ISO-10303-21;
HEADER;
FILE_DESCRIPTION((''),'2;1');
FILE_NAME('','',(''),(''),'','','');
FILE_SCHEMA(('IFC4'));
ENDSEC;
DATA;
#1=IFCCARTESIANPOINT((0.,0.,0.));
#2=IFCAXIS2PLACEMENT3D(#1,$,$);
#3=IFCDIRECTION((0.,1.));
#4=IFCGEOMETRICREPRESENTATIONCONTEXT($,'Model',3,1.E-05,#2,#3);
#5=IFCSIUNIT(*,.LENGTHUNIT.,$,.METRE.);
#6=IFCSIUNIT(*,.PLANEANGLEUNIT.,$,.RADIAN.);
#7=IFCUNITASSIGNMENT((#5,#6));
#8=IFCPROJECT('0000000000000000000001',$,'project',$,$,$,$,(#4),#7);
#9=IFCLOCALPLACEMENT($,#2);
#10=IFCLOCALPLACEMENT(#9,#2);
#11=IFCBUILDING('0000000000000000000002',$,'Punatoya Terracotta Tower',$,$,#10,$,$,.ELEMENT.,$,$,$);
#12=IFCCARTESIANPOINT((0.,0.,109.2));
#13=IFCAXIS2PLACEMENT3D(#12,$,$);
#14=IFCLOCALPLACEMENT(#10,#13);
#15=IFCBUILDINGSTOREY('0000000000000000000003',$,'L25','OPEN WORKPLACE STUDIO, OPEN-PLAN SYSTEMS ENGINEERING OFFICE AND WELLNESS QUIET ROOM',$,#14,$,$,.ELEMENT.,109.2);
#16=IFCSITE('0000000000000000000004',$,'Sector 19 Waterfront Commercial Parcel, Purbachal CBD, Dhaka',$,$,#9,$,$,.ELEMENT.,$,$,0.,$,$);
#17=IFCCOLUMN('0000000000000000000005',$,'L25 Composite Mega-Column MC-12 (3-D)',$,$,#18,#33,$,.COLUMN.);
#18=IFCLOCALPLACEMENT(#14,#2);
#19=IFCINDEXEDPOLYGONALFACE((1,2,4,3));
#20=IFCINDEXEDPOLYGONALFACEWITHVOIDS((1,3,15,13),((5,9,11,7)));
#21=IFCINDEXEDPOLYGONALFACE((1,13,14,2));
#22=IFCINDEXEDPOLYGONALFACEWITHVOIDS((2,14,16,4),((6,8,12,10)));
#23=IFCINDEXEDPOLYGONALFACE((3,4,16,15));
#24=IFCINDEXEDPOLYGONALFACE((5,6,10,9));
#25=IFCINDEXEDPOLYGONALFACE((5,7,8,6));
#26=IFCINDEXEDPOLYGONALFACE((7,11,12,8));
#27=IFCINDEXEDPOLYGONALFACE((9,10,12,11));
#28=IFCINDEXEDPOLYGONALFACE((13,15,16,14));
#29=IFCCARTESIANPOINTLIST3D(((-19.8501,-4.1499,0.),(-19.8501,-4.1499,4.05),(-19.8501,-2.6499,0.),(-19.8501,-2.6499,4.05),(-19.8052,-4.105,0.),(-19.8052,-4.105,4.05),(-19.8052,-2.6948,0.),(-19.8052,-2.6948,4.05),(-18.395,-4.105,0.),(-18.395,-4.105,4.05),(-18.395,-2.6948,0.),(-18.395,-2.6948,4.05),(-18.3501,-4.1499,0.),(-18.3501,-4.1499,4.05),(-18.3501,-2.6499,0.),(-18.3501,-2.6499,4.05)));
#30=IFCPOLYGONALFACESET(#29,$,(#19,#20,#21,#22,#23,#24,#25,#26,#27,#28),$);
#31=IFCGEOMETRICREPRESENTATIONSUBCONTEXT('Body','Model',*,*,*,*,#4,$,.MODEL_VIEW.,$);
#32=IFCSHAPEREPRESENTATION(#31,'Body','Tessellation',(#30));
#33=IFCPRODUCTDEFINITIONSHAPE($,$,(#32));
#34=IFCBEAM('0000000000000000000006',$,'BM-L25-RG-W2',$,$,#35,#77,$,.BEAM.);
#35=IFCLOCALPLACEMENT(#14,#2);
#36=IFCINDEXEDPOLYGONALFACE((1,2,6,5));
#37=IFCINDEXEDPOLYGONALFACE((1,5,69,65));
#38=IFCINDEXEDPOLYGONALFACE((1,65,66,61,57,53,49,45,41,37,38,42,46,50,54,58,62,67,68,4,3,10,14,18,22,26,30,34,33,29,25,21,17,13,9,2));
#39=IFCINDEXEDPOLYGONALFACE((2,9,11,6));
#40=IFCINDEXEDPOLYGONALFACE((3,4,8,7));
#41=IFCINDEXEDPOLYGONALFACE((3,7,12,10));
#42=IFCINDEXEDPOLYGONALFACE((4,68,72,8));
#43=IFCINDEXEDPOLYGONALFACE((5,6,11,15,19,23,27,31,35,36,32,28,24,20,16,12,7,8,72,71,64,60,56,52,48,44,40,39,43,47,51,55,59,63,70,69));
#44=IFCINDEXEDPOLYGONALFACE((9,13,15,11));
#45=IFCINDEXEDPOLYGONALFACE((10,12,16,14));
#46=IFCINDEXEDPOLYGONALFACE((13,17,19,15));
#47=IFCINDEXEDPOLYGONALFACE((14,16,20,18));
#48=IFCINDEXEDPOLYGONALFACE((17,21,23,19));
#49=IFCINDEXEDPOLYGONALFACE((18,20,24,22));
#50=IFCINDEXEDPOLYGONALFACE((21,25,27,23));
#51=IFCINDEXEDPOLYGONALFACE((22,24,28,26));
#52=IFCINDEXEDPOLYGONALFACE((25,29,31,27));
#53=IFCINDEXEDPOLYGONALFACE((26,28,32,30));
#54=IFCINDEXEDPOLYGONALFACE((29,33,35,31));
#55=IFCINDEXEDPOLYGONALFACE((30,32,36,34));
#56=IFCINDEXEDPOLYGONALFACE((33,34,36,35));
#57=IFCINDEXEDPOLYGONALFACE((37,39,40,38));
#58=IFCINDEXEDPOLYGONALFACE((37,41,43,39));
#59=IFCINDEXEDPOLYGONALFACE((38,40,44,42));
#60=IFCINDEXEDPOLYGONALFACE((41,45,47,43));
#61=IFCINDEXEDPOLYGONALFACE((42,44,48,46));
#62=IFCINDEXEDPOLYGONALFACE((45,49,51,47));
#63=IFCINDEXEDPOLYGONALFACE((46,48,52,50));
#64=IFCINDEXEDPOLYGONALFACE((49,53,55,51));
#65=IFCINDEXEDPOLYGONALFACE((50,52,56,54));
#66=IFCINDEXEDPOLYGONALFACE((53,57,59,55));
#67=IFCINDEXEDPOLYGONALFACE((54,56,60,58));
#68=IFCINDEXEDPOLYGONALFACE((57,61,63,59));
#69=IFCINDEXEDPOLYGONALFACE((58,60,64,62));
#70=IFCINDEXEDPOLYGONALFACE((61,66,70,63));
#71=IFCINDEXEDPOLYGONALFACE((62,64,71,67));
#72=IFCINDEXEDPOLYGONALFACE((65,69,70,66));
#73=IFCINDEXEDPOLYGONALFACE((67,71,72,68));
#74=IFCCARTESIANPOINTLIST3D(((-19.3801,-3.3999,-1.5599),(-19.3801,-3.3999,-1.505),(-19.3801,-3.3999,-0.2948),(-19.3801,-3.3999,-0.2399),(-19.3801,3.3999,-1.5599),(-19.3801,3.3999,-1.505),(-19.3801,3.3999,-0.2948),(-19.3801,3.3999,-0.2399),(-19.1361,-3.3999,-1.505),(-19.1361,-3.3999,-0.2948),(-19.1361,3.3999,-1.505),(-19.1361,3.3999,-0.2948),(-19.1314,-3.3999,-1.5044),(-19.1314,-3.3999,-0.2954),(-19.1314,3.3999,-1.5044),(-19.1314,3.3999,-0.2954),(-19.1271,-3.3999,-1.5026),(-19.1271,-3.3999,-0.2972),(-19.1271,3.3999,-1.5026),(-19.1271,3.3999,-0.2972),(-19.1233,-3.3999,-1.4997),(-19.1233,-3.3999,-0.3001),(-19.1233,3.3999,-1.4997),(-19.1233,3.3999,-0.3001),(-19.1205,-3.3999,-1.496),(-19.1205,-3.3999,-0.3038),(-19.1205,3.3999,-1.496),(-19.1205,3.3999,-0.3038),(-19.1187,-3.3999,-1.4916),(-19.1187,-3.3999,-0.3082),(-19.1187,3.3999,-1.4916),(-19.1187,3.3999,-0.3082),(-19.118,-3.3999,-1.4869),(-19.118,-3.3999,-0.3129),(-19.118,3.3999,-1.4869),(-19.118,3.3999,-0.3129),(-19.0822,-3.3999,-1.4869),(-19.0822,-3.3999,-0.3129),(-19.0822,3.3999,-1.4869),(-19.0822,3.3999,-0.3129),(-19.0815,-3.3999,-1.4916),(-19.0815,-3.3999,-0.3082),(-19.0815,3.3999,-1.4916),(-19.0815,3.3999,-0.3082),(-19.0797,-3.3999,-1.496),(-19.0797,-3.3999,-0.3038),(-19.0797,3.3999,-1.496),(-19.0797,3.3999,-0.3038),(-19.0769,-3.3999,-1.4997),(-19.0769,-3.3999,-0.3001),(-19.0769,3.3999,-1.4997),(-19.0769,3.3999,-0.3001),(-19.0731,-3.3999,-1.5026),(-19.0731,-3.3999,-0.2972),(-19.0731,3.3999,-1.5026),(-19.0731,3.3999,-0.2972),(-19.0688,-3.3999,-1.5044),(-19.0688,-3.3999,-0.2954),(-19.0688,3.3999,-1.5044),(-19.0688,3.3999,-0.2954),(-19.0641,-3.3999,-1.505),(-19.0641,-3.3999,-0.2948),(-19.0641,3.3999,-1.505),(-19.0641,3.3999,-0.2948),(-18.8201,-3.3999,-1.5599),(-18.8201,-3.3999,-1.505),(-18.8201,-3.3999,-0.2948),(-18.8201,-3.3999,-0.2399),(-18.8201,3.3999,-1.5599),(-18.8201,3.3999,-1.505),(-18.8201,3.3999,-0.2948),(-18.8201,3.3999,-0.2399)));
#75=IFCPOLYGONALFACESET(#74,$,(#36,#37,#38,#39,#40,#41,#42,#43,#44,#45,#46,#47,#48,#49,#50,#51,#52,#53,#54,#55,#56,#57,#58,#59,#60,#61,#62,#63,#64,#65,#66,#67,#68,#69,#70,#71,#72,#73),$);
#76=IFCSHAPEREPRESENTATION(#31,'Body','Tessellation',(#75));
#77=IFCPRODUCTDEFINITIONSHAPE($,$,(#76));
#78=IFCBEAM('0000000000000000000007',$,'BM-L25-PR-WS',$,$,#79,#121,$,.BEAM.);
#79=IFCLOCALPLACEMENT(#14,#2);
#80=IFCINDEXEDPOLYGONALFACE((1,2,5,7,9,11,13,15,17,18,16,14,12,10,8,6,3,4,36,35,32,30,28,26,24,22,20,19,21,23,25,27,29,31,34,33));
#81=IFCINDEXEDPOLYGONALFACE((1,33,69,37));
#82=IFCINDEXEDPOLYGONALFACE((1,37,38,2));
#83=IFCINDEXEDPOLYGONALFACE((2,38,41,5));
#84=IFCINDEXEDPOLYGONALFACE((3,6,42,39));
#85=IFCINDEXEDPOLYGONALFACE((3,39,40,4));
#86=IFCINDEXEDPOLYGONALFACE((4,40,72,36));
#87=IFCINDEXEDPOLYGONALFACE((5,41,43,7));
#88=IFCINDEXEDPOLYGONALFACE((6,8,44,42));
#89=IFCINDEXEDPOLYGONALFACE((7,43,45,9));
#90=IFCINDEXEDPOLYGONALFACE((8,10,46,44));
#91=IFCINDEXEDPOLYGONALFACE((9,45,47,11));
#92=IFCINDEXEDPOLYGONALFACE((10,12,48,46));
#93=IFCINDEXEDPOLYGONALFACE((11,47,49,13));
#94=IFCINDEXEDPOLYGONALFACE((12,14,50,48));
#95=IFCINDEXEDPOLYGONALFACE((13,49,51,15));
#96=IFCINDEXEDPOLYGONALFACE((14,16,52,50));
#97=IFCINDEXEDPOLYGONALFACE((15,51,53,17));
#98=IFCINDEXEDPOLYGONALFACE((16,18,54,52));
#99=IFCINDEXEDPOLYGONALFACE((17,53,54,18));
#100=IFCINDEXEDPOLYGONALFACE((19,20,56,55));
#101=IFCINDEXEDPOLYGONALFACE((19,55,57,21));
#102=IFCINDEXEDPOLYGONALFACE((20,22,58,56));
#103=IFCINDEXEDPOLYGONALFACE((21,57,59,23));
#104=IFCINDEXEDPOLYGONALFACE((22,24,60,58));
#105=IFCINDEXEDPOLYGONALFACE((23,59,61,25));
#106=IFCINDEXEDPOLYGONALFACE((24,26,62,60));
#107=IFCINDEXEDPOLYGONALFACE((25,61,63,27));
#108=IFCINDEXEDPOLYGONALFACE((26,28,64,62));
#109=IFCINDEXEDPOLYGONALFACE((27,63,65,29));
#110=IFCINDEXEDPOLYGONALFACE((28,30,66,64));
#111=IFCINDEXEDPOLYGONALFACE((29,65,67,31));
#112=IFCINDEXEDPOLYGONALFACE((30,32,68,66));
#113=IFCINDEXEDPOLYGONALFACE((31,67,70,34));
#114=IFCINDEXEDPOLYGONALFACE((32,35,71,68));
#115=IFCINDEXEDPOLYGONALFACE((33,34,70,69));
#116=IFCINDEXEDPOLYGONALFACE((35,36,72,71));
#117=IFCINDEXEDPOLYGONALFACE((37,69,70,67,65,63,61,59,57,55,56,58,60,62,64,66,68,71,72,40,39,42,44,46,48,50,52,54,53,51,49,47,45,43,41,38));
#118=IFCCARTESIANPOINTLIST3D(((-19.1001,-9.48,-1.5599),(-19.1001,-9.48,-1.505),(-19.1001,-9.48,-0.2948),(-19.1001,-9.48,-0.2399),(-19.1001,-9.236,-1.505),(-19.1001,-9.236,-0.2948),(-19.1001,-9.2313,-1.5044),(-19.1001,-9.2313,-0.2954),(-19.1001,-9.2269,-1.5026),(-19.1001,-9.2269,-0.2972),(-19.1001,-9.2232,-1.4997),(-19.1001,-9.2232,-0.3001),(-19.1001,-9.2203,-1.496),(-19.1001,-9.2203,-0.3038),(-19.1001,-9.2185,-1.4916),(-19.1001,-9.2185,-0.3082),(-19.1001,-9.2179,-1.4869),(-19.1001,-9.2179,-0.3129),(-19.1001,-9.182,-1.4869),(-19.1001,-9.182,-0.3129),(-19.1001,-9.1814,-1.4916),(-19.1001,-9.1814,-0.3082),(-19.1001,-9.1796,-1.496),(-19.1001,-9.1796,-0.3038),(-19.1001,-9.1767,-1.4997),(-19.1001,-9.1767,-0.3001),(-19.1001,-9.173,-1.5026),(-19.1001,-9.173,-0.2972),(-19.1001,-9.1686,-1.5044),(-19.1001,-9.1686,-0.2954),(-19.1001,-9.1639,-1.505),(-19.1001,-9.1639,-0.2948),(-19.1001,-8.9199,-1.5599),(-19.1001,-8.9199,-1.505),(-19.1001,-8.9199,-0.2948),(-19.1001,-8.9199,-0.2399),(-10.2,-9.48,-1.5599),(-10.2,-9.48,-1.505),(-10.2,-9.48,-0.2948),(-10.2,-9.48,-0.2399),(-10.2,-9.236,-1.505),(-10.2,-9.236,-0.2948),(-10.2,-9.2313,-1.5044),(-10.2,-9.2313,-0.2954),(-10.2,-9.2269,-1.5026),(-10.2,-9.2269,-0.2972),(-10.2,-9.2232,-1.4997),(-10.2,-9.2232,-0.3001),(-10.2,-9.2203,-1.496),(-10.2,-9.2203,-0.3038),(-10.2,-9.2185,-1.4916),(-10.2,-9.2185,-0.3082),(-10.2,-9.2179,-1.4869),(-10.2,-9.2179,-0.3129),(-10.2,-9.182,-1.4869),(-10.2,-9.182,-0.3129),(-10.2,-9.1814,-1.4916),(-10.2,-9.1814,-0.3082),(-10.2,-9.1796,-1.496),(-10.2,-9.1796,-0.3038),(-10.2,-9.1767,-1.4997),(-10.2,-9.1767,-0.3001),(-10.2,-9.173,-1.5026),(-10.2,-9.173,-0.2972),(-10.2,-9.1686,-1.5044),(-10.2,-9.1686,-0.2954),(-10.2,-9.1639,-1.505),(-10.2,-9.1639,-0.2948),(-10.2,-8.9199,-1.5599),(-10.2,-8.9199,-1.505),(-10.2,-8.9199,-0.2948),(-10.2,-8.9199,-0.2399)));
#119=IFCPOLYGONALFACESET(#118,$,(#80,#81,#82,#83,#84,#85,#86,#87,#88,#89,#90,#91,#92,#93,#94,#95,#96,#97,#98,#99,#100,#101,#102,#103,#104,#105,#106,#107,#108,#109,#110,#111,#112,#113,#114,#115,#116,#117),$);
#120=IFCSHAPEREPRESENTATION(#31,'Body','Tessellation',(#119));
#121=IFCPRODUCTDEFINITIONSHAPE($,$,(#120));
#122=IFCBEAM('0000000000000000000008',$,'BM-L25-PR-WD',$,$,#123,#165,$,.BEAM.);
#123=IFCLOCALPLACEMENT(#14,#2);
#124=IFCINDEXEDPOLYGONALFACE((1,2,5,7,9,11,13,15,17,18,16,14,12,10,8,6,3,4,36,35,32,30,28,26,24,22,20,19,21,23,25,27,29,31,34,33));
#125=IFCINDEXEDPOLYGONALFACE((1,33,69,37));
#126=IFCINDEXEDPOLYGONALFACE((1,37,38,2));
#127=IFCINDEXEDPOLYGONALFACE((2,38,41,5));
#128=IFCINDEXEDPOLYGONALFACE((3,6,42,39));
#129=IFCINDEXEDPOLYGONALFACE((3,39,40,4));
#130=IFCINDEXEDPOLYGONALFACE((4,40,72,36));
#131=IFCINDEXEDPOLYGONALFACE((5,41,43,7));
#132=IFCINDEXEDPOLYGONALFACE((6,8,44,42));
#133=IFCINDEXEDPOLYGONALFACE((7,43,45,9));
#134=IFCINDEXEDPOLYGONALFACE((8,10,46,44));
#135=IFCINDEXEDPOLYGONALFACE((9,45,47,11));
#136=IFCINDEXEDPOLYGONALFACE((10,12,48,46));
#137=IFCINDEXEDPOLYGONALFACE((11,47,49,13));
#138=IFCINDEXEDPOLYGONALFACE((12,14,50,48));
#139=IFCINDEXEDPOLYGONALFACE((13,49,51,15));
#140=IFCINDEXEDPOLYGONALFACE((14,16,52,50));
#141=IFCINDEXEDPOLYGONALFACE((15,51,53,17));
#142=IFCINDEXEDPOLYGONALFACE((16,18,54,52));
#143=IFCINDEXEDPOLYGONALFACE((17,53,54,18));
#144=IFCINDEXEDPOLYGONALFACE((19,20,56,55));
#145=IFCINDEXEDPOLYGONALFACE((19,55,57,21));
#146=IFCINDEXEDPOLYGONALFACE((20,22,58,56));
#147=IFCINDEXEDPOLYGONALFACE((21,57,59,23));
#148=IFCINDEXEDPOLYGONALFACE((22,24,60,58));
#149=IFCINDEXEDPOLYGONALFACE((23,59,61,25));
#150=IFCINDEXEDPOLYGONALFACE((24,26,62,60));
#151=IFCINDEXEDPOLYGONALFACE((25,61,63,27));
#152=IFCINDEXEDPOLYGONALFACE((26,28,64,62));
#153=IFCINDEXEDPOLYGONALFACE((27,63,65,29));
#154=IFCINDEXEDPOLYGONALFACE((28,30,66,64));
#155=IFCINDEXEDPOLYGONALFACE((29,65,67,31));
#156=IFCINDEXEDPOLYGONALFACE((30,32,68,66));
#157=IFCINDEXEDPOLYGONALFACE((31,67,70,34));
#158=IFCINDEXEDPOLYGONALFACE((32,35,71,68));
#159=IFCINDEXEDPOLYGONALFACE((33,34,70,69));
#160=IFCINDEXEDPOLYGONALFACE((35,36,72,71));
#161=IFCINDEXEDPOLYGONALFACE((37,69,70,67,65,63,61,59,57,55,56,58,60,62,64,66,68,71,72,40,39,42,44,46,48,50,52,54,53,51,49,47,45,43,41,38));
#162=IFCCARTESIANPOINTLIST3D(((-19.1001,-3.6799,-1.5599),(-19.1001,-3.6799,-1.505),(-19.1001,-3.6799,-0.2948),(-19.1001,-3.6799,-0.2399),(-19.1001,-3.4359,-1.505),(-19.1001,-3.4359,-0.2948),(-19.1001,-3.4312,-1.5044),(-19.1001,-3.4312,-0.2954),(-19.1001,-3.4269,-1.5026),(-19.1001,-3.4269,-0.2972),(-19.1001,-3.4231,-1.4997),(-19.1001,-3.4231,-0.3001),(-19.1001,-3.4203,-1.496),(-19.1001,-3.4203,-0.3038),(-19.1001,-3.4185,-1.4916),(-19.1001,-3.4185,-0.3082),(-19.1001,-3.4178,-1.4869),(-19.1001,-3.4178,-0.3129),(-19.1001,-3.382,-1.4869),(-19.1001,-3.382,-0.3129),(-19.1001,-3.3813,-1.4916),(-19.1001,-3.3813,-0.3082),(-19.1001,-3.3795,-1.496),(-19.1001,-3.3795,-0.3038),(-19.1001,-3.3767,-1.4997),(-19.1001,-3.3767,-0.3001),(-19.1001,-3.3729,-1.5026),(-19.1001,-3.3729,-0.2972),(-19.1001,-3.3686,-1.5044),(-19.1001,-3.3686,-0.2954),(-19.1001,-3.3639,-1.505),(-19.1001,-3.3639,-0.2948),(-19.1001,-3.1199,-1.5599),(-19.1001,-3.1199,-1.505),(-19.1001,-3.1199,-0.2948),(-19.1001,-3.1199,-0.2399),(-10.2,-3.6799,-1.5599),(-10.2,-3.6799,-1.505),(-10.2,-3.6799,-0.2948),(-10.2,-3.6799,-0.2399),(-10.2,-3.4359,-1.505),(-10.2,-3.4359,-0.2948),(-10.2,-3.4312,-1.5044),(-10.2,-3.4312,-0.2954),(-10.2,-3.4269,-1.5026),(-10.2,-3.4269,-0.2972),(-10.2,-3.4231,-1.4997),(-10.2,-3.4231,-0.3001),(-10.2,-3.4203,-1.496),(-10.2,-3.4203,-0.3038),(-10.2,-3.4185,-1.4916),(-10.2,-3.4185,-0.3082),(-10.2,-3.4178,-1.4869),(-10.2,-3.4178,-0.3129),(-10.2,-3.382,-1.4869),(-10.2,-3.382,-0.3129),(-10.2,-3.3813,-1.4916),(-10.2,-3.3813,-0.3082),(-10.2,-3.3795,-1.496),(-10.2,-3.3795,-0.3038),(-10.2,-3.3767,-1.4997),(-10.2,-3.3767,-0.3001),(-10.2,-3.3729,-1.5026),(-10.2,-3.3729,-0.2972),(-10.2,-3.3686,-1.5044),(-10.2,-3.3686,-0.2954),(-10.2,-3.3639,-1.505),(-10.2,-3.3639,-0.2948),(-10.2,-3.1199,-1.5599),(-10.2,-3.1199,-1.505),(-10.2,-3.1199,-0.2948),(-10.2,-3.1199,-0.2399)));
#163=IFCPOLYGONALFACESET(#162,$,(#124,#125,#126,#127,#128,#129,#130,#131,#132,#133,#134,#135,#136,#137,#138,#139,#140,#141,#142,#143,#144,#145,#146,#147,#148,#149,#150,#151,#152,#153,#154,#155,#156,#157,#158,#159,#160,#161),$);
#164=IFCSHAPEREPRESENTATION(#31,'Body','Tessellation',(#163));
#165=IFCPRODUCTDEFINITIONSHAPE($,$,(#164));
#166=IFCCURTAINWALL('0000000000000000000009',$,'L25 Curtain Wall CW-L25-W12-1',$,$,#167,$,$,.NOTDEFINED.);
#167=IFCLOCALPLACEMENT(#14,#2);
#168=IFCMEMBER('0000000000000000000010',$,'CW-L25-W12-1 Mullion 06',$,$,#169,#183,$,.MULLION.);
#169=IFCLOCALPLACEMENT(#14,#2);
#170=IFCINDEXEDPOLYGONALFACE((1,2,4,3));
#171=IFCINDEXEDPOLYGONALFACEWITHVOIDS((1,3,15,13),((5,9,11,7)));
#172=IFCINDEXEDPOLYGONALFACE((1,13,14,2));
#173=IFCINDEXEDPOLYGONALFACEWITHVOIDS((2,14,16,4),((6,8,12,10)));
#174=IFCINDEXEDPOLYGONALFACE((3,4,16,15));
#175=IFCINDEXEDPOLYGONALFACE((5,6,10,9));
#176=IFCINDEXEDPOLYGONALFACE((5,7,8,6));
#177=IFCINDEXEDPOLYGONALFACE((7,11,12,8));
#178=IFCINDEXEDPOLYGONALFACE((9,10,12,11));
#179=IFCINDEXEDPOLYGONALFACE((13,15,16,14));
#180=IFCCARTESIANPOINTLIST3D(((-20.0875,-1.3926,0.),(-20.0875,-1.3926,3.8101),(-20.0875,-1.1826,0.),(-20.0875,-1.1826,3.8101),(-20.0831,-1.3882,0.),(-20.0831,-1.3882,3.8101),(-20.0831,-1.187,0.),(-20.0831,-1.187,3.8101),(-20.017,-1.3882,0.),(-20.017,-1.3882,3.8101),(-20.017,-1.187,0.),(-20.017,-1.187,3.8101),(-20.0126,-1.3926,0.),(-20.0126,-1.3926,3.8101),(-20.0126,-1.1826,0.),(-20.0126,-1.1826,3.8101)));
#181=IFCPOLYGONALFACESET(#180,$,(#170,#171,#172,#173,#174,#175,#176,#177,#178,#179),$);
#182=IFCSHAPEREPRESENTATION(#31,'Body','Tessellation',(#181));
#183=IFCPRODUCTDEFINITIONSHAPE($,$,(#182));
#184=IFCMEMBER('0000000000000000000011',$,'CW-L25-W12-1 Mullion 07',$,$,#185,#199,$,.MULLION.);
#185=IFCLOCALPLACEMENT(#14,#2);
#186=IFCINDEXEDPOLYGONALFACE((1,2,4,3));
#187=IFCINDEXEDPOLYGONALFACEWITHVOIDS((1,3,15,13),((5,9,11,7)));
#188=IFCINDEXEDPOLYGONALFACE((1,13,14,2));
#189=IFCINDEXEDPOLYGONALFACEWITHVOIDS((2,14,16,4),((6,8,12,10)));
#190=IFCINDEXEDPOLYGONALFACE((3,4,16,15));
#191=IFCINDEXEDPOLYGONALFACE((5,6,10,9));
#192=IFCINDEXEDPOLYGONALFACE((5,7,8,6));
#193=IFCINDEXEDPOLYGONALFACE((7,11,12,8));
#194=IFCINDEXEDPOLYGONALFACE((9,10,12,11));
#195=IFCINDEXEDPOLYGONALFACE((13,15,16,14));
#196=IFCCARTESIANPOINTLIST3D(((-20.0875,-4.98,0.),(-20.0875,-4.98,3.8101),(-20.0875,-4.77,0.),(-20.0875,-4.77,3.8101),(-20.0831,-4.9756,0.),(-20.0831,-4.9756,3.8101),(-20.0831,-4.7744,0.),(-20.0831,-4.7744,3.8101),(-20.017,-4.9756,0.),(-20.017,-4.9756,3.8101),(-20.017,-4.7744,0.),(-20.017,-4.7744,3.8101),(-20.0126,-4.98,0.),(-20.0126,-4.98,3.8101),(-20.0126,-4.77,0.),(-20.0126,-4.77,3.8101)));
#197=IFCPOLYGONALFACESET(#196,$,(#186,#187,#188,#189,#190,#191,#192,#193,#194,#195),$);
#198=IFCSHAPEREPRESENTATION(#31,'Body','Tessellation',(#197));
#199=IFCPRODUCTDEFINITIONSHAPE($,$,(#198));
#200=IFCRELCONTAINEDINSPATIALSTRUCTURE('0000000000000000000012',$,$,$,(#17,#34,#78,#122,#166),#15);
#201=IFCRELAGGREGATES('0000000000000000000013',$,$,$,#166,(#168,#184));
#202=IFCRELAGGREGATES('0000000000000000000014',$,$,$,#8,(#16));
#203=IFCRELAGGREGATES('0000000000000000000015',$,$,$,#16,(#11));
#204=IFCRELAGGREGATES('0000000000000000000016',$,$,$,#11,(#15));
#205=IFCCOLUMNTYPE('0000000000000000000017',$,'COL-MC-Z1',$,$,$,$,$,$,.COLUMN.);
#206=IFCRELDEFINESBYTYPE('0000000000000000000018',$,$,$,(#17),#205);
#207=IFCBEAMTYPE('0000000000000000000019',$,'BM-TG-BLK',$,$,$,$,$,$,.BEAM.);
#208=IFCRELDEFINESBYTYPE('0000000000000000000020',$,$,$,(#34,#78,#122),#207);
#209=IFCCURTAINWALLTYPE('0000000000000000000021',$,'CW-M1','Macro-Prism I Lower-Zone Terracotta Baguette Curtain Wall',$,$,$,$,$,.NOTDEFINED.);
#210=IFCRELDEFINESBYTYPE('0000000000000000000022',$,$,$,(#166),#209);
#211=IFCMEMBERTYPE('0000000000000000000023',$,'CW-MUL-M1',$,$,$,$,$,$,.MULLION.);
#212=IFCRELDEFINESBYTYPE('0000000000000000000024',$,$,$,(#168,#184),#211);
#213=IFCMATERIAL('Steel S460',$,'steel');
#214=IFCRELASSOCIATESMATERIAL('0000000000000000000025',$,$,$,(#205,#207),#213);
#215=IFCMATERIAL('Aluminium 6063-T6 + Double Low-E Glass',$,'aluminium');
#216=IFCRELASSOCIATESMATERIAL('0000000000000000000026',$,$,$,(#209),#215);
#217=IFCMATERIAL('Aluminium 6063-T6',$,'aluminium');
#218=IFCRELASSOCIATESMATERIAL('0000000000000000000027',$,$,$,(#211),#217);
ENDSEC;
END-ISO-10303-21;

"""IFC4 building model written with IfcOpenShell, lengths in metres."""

from ifc_helpers import new_model, si_unit, direction, frame, origin, origin_2d, place, context, subcontext, project, spatial, hollow_rectangle, i_section, extrude, material, material_profile, profile_set, type_object, element, aggregate, save


model = new_model("IFC4")

# Units and contexts
model_context = context("Model", 3, precision=1e-05, world=origin(), true_north=direction((0.0, 1.0)))
body_context = subcontext(model_context, "Body", "Model", "MODEL_VIEW")
ifc_project = project(units=[si_unit("LENGTHUNIT", "METRE"), si_unit("PLANEANGLEUNIT", "RADIAN")], contexts=[model_context])

# Site, building, storey
site_placement = place(None, origin())
site = spatial("IfcSite", under=ifc_project, at=site_placement, Name="Sector 19 Waterfront Commercial Parcel, Purbachal CBD, Dhaka", CompositionType="ELEMENT", RefElevation=0.0)
building_placement = place(site_placement, origin())
building = spatial("IfcBuilding", under=site, at=building_placement, Name="Punatoya Terracotta Tower", CompositionType="ELEMENT")
storey_placement = place(building_placement, frame((0.0, 0.0, 109.2)))
storey = spatial("IfcBuildingStorey", under=building, at=storey_placement, Name="L25", Description="OPEN WORKPLACE STUDIO, OPEN-PLAN SYSTEMS ENGINEERING OFFICE AND WELLNESS QUIET ROOM", CompositionType="ELEMENT", Elevation=109.2)

# Column
ifc_material_1 = material(Name="Steel S460", Category="steel")
ifc_material_profile_1 = material_profile(ifc_material_1, hollow_rectangle(XDim=1.5, YDim=1.5, WallThickness=0.0449, at=origin_2d()))
ifc_profile_set_1 = profile_set([ifc_material_profile_1], Name="Steel S460")
column_type = type_object("IfcColumnType", Name="COL-MC-Z1", PredefinedType="COLUMN", material=ifc_profile_set_1)
column_placement = place(storey_placement, frame((-19.1001, -3.3999, 0.0), z_axis=(0.0, 0.0, 1.0), x_axis=(1.0, 0.0, 0.0)))
element("IfcColumn", 1, at=column_placement, inside=storey, type_object=column_type, Name="L25 Composite Mega-Column MC-12 (3-D)", PredefinedType="COLUMN", context=body_context, shape_type="SweptSolid", body=[
    extrude(hollow_rectangle(XDim=1.5, YDim=1.5, WallThickness=0.0449, at=origin_2d()), origin(), (0.0, 0.0, 1.0), 4.05),
])

# Beams
ifc_material_profile_2 = material_profile(ifc_material_1, i_section(OverallWidth=0.5601, OverallDepth=1.3201, WebThickness=0.0359, FlangeThickness=0.0549, FilletRadius=0.0181, at=origin_2d()))
ifc_profile_set_2 = profile_set([ifc_material_profile_2], Name="Steel S460")
beam_type = type_object("IfcBeamType", Name="BM-TG-BLK", PredefinedType="BEAM", material=ifc_profile_set_2)
beam_placement = place(storey_placement, frame((-19.1001, -3.3999, -0.8999), z_axis=(0.0, 1.0, 0.0), x_axis=(-1.0, 0.0, 0.0)))
element("IfcBeam", 2, at=beam_placement, inside=storey, type_object=beam_type, Name="BM-L25-RG-W2", PredefinedType="BEAM", context=body_context, shape_type="SweptSolid", body=[
    extrude(i_section(OverallWidth=0.5601, OverallDepth=1.3201, WebThickness=0.0359, FlangeThickness=0.0549, FilletRadius=0.0181, at=origin_2d()), origin(), (0.0, 0.0, 1.0), 6.7998),
])
for number, where, z_axis, x_axis, name in (
    (3, (-19.1001, -9.2, -0.8999), (1.0, 0.0, 0.0), (0.0, 1.0, 0.0), "BM-L25-PR-WS"),
    (4, (-19.1001, -3.3999, -0.8999), (1.0, 0.0, 0.0), (0.0, 1.0, 0.0), "BM-L25-PR-WD"),
):
    element("IfcBeam", number, at=place(storey_placement, frame(where, z_axis=z_axis, x_axis=x_axis)), inside=storey, type_object=beam_type, Name=name, PredefinedType="BEAM", context=body_context, shape_type="SweptSolid", body=[
        extrude(i_section(OverallWidth=0.5601, OverallDepth=1.3201, WebThickness=0.0359, FlangeThickness=0.0549, FilletRadius=0.0181, at=origin_2d()), origin(), (0.0, 0.0, 1.0), 8.9001),
    ])

# Curtain wall, members
ifc_material_2 = material(Name="Aluminium 6063-T6 + Double Low-E Glass", Category="aluminium")
curtain_wall_type = type_object("IfcCurtainWallType", Name="CW-M1", Description="Macro-Prism I Lower-Zone Terracotta Baguette Curtain Wall", PredefinedType="NOTDEFINED", material=ifc_material_2)
curtain_wall_placement = place(storey_placement, origin())
curtain_wall = element("IfcCurtainWall", 5, at=curtain_wall_placement, inside=storey, type_object=curtain_wall_type, Name="L25 Curtain Wall CW-L25-W12-1", PredefinedType="NOTDEFINED")
ifc_material_3 = material(Name="Aluminium 6063-T6", Category="aluminium")
ifc_material_profile_3 = material_profile(ifc_material_3, hollow_rectangle(XDim=0.075, YDim=0.21, WallThickness=0.0044, at=origin_2d()))
ifc_profile_set_3 = profile_set([ifc_material_profile_3], Name="Aluminium 6063-T6")
member_type = type_object("IfcMemberType", Name="CW-MUL-M1", PredefinedType="MULLION", material=ifc_profile_set_3)
member_1_placement = place(storey_placement, frame((-20.05, -1.2876, 0.0), z_axis=(0.0, 0.0, 1.0), x_axis=(1.0, 0.0, 0.0)))
member_1 = element("IfcMember", 6, at=member_1_placement, type_object=member_type, Name="CW-L25-W12-1 Mullion 06", PredefinedType="MULLION", context=body_context, shape_type="SweptSolid", body=[
    extrude(hollow_rectangle(XDim=0.075, YDim=0.21, WallThickness=0.0044, at=origin_2d()), origin(), (0.0, 0.0, 1.0), 3.8101),
])
member_2_placement = place(storey_placement, frame((-20.05, -4.875, 0.0), z_axis=(0.0, 0.0, 1.0), x_axis=(1.0, 0.0, 0.0)))
member_2 = element("IfcMember", 7, at=member_2_placement, type_object=member_type, Name="CW-L25-W12-1 Mullion 07", PredefinedType="MULLION", context=body_context, shape_type="SweptSolid", body=[
    extrude(hollow_rectangle(XDim=0.075, YDim=0.21, WallThickness=0.0044, at=origin_2d()), origin(), (0.0, 0.0, 1.0), 3.8101),
])
aggregate(curtain_wall, [member_1, member_2])

save(model, "model.ifc")
